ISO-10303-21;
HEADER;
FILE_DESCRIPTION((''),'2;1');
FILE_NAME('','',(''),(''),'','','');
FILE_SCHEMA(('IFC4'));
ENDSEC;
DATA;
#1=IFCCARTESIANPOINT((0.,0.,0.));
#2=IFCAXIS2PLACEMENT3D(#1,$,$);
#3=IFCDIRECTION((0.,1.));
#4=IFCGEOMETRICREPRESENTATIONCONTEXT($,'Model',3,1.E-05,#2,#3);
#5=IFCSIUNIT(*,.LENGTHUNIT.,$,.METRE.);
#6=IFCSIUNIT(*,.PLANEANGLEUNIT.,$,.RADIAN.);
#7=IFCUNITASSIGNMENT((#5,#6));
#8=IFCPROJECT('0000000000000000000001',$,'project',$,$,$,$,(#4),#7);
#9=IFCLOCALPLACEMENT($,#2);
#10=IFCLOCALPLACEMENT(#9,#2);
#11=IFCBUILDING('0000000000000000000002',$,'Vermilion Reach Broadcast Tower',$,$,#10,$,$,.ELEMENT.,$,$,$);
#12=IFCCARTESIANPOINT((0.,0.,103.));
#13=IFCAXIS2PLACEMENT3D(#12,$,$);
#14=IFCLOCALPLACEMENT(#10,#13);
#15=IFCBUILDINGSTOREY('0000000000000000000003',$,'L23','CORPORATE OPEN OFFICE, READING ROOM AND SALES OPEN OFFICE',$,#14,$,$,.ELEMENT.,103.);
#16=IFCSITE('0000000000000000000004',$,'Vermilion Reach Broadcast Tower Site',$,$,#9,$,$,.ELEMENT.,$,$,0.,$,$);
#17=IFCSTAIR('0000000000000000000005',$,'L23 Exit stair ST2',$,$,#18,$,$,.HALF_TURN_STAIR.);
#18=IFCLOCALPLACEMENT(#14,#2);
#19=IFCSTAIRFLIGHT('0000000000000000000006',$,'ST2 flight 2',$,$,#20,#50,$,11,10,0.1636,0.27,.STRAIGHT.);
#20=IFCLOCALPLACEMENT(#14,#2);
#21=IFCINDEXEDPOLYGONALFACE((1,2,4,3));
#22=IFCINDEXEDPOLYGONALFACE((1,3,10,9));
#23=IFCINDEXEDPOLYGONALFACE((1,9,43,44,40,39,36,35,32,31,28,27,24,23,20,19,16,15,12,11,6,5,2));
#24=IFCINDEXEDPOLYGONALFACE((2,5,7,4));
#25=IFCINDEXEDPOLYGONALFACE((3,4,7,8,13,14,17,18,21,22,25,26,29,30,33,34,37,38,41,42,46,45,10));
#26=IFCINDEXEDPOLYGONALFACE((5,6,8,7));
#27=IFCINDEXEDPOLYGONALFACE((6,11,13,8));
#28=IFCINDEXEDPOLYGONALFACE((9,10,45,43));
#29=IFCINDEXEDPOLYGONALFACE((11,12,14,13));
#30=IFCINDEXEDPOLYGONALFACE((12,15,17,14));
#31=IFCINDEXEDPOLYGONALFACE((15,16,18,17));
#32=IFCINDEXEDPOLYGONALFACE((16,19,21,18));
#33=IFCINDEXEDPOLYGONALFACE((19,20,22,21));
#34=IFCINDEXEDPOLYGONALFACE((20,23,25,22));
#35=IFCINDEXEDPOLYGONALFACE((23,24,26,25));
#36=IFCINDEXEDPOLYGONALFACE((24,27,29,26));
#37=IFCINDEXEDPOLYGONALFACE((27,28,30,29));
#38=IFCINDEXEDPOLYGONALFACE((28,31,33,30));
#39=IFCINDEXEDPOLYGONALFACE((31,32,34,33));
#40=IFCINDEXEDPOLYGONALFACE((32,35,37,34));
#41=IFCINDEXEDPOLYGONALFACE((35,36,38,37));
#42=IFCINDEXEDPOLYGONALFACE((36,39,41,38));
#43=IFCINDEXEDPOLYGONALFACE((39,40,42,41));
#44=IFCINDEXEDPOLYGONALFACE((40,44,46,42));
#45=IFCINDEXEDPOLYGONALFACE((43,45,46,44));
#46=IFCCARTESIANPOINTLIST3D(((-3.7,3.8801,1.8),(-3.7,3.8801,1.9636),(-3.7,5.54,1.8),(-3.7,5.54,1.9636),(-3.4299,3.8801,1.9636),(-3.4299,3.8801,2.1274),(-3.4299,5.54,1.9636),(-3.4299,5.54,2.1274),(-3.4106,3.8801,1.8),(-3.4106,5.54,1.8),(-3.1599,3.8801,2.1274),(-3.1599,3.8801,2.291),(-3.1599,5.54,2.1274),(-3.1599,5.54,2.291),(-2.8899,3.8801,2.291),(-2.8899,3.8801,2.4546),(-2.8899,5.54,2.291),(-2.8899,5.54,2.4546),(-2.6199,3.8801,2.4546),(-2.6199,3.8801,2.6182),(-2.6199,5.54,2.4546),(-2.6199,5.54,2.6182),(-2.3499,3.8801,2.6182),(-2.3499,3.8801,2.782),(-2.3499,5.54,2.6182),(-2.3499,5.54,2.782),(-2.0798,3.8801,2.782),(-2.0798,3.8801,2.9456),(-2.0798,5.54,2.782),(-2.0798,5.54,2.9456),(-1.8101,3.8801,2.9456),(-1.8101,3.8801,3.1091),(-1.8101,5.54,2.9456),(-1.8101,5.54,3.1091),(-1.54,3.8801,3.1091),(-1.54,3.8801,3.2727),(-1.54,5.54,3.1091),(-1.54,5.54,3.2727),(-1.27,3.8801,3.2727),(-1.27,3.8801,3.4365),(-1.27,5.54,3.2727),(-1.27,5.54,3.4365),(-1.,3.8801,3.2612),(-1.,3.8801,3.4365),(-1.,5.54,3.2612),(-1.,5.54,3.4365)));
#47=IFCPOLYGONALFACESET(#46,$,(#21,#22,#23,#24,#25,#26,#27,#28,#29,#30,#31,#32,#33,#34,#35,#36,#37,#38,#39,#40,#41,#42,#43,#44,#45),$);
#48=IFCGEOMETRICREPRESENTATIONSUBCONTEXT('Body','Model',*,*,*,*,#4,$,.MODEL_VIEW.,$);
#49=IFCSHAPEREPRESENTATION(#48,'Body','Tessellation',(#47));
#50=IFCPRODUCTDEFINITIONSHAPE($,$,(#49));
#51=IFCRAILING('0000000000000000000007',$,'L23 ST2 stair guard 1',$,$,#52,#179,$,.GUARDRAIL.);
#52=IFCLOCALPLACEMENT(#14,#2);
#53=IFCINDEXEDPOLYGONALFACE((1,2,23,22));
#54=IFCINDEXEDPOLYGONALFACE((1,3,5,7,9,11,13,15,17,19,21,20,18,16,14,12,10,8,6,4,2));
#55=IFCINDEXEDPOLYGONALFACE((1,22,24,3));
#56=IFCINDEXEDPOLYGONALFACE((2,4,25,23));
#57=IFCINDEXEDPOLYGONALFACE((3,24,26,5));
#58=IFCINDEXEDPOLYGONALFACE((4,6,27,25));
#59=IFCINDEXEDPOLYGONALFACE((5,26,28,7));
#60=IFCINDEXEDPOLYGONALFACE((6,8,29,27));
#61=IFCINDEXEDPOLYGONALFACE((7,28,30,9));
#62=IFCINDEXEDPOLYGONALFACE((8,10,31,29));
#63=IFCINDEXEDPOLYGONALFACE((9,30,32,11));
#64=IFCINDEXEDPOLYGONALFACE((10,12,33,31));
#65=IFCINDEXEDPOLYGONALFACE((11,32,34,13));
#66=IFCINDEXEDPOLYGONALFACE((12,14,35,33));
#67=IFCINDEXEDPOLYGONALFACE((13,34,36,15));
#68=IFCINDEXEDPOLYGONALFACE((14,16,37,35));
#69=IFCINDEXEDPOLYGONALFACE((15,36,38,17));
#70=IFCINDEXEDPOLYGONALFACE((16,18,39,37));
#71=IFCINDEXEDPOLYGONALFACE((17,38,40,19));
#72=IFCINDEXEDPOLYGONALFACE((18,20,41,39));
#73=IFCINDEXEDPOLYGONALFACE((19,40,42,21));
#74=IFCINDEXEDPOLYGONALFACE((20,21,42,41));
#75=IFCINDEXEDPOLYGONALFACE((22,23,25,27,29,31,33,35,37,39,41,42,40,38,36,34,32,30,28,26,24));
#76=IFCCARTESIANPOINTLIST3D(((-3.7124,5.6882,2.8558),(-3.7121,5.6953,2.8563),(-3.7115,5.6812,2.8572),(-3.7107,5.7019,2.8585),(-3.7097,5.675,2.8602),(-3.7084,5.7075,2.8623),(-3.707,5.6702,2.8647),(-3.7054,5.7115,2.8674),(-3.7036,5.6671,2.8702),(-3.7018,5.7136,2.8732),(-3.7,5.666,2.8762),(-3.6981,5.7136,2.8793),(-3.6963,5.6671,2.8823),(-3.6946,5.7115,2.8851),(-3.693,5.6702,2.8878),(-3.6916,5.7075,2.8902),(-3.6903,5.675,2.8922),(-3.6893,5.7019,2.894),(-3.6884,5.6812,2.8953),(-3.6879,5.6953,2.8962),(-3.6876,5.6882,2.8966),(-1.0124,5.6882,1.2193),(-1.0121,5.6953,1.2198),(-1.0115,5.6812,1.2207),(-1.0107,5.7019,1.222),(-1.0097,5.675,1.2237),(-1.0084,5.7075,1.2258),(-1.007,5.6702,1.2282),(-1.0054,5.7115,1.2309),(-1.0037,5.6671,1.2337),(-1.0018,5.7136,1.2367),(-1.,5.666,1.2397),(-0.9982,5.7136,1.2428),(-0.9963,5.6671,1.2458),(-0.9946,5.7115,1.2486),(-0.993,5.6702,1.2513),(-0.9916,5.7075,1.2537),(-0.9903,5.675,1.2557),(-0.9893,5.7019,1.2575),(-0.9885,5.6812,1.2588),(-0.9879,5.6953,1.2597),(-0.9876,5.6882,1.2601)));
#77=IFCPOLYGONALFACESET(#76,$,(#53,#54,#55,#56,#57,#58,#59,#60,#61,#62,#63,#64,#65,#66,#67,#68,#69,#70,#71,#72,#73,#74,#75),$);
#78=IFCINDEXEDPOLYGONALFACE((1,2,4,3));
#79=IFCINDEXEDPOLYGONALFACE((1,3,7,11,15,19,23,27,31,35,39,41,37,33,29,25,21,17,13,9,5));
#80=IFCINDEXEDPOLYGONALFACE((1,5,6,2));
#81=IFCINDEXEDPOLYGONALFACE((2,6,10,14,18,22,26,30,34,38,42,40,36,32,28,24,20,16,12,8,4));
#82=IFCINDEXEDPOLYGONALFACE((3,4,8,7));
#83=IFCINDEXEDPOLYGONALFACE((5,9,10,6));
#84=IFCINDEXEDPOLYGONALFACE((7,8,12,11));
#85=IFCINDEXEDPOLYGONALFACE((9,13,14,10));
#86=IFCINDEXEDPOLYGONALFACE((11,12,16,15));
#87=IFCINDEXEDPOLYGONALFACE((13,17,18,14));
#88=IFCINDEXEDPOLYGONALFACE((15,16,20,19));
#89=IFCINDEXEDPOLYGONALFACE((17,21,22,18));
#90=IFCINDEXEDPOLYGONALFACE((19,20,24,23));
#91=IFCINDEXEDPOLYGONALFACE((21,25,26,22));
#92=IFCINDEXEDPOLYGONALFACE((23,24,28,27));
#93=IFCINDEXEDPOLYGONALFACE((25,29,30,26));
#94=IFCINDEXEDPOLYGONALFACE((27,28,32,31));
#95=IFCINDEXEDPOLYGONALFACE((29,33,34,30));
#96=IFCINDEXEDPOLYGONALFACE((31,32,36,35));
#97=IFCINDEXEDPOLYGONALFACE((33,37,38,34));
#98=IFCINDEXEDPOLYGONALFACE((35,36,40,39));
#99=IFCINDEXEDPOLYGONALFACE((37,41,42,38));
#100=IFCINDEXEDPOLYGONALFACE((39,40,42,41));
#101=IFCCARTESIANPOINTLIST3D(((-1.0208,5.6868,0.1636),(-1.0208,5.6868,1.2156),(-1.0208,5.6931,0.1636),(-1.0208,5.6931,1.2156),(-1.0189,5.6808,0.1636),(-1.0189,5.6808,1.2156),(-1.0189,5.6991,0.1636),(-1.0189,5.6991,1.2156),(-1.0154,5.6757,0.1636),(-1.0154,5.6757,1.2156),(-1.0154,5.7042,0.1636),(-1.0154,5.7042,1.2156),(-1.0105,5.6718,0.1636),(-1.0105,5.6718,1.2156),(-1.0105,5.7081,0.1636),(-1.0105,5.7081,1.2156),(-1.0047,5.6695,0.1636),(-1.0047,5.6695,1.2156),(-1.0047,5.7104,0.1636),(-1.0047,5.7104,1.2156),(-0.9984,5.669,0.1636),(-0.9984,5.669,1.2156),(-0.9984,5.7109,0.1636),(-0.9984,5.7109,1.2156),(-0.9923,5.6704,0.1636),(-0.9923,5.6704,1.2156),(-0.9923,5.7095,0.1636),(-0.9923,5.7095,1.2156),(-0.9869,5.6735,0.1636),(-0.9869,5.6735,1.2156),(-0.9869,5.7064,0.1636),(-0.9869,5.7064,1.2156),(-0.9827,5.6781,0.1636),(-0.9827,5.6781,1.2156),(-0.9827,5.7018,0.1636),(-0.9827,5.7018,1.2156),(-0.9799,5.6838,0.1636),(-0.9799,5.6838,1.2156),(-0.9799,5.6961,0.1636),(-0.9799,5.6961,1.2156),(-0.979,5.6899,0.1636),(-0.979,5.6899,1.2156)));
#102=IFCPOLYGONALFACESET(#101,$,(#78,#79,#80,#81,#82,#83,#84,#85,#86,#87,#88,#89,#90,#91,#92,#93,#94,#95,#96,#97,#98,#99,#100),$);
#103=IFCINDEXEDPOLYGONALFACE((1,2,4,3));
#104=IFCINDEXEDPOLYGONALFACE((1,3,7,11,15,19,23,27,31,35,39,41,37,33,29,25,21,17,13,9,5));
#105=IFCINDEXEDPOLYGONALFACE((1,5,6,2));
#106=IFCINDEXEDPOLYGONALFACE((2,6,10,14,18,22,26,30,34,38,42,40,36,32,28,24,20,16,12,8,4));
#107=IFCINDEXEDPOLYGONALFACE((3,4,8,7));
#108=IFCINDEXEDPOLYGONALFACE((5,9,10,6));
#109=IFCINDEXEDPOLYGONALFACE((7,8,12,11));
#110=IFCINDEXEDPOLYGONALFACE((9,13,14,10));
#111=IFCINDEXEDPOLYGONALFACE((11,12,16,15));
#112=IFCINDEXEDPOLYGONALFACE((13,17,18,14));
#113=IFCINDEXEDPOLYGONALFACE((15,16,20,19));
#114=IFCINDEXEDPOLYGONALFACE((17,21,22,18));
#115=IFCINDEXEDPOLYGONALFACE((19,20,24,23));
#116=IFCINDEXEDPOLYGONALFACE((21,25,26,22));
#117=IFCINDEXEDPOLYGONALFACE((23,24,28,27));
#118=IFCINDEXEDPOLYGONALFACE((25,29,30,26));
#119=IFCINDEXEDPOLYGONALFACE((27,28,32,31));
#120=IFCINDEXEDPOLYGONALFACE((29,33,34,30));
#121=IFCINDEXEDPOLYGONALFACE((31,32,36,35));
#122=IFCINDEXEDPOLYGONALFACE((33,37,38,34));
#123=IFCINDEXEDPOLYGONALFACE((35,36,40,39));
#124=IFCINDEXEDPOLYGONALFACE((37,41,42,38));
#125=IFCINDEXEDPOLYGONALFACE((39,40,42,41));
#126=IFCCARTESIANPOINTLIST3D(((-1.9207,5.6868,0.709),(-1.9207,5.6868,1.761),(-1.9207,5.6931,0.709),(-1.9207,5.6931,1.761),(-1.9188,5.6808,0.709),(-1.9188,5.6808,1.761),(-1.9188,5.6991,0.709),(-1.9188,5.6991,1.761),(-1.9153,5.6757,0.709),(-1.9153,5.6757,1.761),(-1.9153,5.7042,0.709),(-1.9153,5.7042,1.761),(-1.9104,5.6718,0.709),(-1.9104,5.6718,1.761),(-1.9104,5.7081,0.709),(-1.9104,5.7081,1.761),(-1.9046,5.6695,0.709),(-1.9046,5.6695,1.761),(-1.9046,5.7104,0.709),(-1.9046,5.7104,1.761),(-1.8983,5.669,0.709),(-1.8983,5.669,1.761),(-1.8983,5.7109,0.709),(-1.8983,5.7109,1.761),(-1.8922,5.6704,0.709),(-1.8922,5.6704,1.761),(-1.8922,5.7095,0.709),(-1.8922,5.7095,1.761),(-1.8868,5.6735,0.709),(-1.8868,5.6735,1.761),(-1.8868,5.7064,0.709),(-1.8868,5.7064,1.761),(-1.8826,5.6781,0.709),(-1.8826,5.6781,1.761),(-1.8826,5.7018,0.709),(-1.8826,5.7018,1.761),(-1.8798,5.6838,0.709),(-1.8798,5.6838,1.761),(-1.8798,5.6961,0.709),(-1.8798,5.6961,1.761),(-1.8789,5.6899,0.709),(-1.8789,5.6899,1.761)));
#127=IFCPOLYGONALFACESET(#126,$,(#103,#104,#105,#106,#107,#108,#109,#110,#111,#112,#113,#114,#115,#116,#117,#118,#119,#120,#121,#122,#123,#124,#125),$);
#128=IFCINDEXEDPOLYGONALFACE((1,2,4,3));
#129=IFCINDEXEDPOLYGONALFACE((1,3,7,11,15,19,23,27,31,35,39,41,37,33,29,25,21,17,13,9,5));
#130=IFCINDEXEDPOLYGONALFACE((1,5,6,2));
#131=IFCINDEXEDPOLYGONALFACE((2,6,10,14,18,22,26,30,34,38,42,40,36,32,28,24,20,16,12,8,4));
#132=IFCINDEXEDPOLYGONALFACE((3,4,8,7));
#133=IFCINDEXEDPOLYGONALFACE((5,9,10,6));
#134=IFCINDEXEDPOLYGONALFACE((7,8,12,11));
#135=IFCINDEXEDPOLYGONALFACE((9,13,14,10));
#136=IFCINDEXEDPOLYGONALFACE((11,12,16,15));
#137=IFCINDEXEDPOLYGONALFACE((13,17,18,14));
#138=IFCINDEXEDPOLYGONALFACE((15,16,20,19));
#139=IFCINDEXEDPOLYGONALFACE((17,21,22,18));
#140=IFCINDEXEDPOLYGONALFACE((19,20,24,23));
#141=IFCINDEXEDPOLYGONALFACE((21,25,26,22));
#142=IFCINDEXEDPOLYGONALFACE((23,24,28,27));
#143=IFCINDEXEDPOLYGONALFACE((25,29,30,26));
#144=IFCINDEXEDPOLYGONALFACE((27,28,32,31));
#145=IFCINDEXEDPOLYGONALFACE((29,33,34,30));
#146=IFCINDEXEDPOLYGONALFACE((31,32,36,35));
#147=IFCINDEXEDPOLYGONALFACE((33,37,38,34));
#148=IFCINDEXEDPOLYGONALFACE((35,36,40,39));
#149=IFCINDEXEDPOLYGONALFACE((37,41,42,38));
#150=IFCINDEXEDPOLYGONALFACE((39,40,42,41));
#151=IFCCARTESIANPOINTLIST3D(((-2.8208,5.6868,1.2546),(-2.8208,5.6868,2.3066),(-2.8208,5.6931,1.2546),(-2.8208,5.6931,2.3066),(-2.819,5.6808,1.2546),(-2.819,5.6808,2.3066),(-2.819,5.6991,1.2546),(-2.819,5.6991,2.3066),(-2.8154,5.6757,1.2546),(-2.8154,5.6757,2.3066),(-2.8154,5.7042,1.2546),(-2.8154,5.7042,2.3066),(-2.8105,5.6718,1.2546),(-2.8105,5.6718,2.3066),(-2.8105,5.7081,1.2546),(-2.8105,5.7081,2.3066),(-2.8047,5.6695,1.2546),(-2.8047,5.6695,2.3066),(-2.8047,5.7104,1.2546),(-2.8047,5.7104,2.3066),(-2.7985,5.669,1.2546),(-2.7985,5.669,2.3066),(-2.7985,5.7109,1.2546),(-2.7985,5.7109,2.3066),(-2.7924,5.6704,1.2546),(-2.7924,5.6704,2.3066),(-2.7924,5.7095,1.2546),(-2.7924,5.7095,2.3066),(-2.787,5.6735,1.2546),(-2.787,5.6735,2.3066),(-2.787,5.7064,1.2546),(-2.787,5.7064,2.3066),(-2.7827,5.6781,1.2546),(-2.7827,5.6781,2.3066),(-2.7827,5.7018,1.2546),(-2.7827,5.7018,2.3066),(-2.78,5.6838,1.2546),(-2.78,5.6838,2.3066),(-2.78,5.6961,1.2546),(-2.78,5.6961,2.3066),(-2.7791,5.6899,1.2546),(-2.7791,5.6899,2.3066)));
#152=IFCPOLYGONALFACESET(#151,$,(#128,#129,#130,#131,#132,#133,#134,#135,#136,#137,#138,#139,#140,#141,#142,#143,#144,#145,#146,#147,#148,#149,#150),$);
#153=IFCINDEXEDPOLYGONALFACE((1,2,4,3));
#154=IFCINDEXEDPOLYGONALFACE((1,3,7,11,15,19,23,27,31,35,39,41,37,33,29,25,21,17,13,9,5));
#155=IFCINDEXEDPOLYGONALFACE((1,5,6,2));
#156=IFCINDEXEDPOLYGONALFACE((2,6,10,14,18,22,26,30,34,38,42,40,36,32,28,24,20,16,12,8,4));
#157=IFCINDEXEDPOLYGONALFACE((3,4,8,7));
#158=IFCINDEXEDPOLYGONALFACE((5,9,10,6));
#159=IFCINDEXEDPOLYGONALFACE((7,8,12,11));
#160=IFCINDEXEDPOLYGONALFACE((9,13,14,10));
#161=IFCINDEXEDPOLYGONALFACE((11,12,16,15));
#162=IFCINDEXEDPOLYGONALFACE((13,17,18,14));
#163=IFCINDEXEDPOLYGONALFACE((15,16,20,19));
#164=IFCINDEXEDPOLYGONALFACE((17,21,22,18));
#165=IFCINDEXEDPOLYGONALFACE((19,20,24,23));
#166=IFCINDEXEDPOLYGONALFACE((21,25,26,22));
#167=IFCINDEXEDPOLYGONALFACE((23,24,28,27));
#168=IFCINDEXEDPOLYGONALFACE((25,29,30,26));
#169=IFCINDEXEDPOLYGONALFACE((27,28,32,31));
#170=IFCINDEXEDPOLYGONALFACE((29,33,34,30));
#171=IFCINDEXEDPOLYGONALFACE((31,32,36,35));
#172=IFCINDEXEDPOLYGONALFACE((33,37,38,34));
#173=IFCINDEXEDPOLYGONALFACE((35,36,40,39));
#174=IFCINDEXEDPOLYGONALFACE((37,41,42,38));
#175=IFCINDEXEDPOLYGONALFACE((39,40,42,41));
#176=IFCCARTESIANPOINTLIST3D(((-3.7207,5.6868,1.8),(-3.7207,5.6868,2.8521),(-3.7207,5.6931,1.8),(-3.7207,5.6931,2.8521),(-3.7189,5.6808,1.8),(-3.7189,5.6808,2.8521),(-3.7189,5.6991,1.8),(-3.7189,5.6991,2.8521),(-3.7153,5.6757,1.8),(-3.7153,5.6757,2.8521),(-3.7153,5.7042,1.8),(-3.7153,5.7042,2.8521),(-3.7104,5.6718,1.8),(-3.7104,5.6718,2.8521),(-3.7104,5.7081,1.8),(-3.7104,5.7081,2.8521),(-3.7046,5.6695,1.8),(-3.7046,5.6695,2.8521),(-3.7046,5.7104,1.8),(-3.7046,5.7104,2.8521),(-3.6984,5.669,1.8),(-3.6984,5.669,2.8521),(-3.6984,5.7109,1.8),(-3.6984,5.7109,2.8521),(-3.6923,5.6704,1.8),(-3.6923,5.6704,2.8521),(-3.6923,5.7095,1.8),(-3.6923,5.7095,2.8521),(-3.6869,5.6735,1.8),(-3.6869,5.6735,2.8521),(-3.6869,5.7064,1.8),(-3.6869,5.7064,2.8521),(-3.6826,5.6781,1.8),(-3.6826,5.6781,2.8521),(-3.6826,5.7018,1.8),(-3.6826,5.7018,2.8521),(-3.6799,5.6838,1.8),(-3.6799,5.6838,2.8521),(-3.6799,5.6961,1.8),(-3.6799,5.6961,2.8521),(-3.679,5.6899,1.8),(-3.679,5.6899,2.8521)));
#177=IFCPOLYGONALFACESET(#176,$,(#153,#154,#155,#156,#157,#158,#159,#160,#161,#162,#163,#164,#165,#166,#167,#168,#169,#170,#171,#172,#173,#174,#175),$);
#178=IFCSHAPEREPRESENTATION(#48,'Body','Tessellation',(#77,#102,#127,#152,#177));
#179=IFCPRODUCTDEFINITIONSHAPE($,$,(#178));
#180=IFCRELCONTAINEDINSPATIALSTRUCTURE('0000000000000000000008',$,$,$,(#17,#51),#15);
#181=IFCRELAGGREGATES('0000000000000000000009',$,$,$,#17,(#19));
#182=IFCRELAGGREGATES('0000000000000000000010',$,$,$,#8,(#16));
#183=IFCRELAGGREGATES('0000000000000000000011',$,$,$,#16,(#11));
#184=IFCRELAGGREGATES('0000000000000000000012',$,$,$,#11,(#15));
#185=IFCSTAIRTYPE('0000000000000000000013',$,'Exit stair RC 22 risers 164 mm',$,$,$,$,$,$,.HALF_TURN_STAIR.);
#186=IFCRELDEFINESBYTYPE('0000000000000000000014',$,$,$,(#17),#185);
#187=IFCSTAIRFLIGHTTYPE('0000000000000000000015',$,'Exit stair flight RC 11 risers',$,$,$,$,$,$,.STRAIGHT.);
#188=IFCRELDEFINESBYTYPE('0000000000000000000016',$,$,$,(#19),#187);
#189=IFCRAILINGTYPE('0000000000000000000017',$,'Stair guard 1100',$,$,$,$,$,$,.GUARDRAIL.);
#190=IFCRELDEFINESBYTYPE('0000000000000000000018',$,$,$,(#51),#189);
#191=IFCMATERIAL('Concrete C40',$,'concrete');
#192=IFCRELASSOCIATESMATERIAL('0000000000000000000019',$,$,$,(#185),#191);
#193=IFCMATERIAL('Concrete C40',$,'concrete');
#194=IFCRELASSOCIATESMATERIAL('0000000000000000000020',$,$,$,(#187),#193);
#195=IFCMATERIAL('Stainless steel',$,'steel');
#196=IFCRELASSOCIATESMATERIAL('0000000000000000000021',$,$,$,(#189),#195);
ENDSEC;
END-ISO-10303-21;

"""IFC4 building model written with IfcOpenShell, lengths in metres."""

from ifc_helpers import new_model, si_unit, direction, frame, origin, origin_2d, place, context, subcontext, project, spatial, polyline, circle, outline, extrude, material, type_object, element, aggregate, save


model = new_model("IFC4")

# Units and contexts
model_context = context("Model", 3, precision=1e-05, world=origin(), true_north=direction((0.0, 1.0)))
body_context = subcontext(model_context, "Body", "Model", "MODEL_VIEW")
ifc_project = project(units=[si_unit("LENGTHUNIT", "METRE"), si_unit("PLANEANGLEUNIT", "RADIAN")], contexts=[model_context])

# Site, building, storey
site_placement = place(None, origin())
site = spatial("IfcSite", under=ifc_project, at=site_placement, Name="Vermilion Reach Broadcast Tower Site", CompositionType="ELEMENT", RefElevation=0.0)
building_placement = place(site_placement, origin())
building = spatial("IfcBuilding", under=site, at=building_placement, Name="Vermilion Reach Broadcast Tower", CompositionType="ELEMENT")
storey_placement = place(building_placement, frame((0.0, 0.0, 103.0)))
storey = spatial("IfcBuildingStorey", under=building, at=storey_placement, Name="L23", Description="CORPORATE OPEN OFFICE, READING ROOM AND SALES OPEN OFFICE", CompositionType="ELEMENT", Elevation=103.0)

# Stair
ifc_material_1 = material(Name="Concrete C40", Category="concrete")
stair_type = type_object("IfcStairType", Name="Exit stair RC 22 risers 164 mm", PredefinedType="HALF_TURN_STAIR", material=ifc_material_1)
placement_1 = place(storey_placement, origin())
stair_1 = element("IfcStair", 1, at=placement_1, inside=storey, type_object=stair_type, Name="L23 Exit stair ST2", PredefinedType="HALF_TURN_STAIR")

# Stair flight
ifc_material_2 = material(Name="Concrete C40", Category="concrete")
stair_flight_type = type_object("IfcStairFlightType", Name="Exit stair flight RC 11 risers", PredefinedType="STRAIGHT", material=ifc_material_2)
stair_flight_1_placement = place(storey_placement, frame((-3.7, 4.71, 1.8), z_axis=(0.0, 0.0, 1.0), x_axis=(1.0, 0.0, 0.0)))
stair_flight_1 = element("IfcStairFlight", 2, at=stair_flight_1_placement, type_object=stair_flight_type, Name="ST2 flight 2", NumberOfRisers=11, NumberOfTreads=10, PredefinedType="STRAIGHT", RiserHeight=0.1636, TreadLength=0.27, context=body_context, shape_type="SweptSolid", body=[
    extrude(outline(polyline([(0.0, 0.0), (0.0, 0.1636), (0.27, 0.1636), (0.27, 0.3274), (0.54, 0.3274), (0.54, 0.491), (0.8101, 0.491), (0.8101, 0.6545), (1.0801, 0.6545), (1.0801, 0.8181), (1.3501, 0.8181), (1.3501, 0.9819), (1.6201, 0.9819), (1.6201, 1.1455), (1.8899, 1.1455), (1.8899, 1.3091), (2.1599, 1.3091), (2.1599, 1.4727), (2.4299, 1.4727), (2.4299, 1.6365), (2.7, 1.6365), (2.7, 1.8), (2.7, 1.4612), (0.2893, 0.0), (0.0, 0.0)])), frame((0.0, 0.8301, 0.0), z_axis=(0.0, -1.0, 0.0), x_axis=(1.0, 0.0, 0.0)), (0.0, 0.0, 1.0), 1.6599),
])
aggregate(stair_1, [stair_flight_1])

# Railing
ifc_material_3 = material(Name="Stainless steel", Category="steel")
railing_type_1 = type_object("IfcRailingType", Name="Stair guard 1100", PredefinedType="GUARDRAIL", material=ifc_material_3)
railing_1_placement = place(storey_placement, frame((-1.0, 5.6899, 0.1636)))
element("IfcRailing", 3, at=railing_1_placement, inside=storey, type_object=railing_type_1, Name="L23 ST2 stair guard 1", PredefinedType="GUARDRAIL", context=body_context, shape_type="SweptSolid", body=[
    extrude(circle(Radius=0.0239, at=origin_2d()), frame((0.0, 0.0, 1.0762), z_axis=(-0.855178, 0.0, 0.518334), x_axis=(0.0, -1.0, 0.0)), (0.0, 0.0, 1.0), 3.1572),
    extrude(circle(Radius=0.021, at=origin_2d()), origin(), (0.0, 0.0, 1.0), 1.052),
    extrude(circle(Radius=0.021, at=origin_2d()), frame((-0.8999, 0.0, 0.5454)), (0.0, 0.0, 1.0), 1.052),
    extrude(circle(Radius=0.021, at=origin_2d()), frame((-1.8, 0.0, 1.0911)), (0.0, 0.0, 1.0), 1.052),
    extrude(circle(Radius=0.021, at=origin_2d()), frame((-2.7, 0.0, 1.6365)), (0.0, 0.0, 1.0), 1.052),
])

save(model, "model.ifc")
